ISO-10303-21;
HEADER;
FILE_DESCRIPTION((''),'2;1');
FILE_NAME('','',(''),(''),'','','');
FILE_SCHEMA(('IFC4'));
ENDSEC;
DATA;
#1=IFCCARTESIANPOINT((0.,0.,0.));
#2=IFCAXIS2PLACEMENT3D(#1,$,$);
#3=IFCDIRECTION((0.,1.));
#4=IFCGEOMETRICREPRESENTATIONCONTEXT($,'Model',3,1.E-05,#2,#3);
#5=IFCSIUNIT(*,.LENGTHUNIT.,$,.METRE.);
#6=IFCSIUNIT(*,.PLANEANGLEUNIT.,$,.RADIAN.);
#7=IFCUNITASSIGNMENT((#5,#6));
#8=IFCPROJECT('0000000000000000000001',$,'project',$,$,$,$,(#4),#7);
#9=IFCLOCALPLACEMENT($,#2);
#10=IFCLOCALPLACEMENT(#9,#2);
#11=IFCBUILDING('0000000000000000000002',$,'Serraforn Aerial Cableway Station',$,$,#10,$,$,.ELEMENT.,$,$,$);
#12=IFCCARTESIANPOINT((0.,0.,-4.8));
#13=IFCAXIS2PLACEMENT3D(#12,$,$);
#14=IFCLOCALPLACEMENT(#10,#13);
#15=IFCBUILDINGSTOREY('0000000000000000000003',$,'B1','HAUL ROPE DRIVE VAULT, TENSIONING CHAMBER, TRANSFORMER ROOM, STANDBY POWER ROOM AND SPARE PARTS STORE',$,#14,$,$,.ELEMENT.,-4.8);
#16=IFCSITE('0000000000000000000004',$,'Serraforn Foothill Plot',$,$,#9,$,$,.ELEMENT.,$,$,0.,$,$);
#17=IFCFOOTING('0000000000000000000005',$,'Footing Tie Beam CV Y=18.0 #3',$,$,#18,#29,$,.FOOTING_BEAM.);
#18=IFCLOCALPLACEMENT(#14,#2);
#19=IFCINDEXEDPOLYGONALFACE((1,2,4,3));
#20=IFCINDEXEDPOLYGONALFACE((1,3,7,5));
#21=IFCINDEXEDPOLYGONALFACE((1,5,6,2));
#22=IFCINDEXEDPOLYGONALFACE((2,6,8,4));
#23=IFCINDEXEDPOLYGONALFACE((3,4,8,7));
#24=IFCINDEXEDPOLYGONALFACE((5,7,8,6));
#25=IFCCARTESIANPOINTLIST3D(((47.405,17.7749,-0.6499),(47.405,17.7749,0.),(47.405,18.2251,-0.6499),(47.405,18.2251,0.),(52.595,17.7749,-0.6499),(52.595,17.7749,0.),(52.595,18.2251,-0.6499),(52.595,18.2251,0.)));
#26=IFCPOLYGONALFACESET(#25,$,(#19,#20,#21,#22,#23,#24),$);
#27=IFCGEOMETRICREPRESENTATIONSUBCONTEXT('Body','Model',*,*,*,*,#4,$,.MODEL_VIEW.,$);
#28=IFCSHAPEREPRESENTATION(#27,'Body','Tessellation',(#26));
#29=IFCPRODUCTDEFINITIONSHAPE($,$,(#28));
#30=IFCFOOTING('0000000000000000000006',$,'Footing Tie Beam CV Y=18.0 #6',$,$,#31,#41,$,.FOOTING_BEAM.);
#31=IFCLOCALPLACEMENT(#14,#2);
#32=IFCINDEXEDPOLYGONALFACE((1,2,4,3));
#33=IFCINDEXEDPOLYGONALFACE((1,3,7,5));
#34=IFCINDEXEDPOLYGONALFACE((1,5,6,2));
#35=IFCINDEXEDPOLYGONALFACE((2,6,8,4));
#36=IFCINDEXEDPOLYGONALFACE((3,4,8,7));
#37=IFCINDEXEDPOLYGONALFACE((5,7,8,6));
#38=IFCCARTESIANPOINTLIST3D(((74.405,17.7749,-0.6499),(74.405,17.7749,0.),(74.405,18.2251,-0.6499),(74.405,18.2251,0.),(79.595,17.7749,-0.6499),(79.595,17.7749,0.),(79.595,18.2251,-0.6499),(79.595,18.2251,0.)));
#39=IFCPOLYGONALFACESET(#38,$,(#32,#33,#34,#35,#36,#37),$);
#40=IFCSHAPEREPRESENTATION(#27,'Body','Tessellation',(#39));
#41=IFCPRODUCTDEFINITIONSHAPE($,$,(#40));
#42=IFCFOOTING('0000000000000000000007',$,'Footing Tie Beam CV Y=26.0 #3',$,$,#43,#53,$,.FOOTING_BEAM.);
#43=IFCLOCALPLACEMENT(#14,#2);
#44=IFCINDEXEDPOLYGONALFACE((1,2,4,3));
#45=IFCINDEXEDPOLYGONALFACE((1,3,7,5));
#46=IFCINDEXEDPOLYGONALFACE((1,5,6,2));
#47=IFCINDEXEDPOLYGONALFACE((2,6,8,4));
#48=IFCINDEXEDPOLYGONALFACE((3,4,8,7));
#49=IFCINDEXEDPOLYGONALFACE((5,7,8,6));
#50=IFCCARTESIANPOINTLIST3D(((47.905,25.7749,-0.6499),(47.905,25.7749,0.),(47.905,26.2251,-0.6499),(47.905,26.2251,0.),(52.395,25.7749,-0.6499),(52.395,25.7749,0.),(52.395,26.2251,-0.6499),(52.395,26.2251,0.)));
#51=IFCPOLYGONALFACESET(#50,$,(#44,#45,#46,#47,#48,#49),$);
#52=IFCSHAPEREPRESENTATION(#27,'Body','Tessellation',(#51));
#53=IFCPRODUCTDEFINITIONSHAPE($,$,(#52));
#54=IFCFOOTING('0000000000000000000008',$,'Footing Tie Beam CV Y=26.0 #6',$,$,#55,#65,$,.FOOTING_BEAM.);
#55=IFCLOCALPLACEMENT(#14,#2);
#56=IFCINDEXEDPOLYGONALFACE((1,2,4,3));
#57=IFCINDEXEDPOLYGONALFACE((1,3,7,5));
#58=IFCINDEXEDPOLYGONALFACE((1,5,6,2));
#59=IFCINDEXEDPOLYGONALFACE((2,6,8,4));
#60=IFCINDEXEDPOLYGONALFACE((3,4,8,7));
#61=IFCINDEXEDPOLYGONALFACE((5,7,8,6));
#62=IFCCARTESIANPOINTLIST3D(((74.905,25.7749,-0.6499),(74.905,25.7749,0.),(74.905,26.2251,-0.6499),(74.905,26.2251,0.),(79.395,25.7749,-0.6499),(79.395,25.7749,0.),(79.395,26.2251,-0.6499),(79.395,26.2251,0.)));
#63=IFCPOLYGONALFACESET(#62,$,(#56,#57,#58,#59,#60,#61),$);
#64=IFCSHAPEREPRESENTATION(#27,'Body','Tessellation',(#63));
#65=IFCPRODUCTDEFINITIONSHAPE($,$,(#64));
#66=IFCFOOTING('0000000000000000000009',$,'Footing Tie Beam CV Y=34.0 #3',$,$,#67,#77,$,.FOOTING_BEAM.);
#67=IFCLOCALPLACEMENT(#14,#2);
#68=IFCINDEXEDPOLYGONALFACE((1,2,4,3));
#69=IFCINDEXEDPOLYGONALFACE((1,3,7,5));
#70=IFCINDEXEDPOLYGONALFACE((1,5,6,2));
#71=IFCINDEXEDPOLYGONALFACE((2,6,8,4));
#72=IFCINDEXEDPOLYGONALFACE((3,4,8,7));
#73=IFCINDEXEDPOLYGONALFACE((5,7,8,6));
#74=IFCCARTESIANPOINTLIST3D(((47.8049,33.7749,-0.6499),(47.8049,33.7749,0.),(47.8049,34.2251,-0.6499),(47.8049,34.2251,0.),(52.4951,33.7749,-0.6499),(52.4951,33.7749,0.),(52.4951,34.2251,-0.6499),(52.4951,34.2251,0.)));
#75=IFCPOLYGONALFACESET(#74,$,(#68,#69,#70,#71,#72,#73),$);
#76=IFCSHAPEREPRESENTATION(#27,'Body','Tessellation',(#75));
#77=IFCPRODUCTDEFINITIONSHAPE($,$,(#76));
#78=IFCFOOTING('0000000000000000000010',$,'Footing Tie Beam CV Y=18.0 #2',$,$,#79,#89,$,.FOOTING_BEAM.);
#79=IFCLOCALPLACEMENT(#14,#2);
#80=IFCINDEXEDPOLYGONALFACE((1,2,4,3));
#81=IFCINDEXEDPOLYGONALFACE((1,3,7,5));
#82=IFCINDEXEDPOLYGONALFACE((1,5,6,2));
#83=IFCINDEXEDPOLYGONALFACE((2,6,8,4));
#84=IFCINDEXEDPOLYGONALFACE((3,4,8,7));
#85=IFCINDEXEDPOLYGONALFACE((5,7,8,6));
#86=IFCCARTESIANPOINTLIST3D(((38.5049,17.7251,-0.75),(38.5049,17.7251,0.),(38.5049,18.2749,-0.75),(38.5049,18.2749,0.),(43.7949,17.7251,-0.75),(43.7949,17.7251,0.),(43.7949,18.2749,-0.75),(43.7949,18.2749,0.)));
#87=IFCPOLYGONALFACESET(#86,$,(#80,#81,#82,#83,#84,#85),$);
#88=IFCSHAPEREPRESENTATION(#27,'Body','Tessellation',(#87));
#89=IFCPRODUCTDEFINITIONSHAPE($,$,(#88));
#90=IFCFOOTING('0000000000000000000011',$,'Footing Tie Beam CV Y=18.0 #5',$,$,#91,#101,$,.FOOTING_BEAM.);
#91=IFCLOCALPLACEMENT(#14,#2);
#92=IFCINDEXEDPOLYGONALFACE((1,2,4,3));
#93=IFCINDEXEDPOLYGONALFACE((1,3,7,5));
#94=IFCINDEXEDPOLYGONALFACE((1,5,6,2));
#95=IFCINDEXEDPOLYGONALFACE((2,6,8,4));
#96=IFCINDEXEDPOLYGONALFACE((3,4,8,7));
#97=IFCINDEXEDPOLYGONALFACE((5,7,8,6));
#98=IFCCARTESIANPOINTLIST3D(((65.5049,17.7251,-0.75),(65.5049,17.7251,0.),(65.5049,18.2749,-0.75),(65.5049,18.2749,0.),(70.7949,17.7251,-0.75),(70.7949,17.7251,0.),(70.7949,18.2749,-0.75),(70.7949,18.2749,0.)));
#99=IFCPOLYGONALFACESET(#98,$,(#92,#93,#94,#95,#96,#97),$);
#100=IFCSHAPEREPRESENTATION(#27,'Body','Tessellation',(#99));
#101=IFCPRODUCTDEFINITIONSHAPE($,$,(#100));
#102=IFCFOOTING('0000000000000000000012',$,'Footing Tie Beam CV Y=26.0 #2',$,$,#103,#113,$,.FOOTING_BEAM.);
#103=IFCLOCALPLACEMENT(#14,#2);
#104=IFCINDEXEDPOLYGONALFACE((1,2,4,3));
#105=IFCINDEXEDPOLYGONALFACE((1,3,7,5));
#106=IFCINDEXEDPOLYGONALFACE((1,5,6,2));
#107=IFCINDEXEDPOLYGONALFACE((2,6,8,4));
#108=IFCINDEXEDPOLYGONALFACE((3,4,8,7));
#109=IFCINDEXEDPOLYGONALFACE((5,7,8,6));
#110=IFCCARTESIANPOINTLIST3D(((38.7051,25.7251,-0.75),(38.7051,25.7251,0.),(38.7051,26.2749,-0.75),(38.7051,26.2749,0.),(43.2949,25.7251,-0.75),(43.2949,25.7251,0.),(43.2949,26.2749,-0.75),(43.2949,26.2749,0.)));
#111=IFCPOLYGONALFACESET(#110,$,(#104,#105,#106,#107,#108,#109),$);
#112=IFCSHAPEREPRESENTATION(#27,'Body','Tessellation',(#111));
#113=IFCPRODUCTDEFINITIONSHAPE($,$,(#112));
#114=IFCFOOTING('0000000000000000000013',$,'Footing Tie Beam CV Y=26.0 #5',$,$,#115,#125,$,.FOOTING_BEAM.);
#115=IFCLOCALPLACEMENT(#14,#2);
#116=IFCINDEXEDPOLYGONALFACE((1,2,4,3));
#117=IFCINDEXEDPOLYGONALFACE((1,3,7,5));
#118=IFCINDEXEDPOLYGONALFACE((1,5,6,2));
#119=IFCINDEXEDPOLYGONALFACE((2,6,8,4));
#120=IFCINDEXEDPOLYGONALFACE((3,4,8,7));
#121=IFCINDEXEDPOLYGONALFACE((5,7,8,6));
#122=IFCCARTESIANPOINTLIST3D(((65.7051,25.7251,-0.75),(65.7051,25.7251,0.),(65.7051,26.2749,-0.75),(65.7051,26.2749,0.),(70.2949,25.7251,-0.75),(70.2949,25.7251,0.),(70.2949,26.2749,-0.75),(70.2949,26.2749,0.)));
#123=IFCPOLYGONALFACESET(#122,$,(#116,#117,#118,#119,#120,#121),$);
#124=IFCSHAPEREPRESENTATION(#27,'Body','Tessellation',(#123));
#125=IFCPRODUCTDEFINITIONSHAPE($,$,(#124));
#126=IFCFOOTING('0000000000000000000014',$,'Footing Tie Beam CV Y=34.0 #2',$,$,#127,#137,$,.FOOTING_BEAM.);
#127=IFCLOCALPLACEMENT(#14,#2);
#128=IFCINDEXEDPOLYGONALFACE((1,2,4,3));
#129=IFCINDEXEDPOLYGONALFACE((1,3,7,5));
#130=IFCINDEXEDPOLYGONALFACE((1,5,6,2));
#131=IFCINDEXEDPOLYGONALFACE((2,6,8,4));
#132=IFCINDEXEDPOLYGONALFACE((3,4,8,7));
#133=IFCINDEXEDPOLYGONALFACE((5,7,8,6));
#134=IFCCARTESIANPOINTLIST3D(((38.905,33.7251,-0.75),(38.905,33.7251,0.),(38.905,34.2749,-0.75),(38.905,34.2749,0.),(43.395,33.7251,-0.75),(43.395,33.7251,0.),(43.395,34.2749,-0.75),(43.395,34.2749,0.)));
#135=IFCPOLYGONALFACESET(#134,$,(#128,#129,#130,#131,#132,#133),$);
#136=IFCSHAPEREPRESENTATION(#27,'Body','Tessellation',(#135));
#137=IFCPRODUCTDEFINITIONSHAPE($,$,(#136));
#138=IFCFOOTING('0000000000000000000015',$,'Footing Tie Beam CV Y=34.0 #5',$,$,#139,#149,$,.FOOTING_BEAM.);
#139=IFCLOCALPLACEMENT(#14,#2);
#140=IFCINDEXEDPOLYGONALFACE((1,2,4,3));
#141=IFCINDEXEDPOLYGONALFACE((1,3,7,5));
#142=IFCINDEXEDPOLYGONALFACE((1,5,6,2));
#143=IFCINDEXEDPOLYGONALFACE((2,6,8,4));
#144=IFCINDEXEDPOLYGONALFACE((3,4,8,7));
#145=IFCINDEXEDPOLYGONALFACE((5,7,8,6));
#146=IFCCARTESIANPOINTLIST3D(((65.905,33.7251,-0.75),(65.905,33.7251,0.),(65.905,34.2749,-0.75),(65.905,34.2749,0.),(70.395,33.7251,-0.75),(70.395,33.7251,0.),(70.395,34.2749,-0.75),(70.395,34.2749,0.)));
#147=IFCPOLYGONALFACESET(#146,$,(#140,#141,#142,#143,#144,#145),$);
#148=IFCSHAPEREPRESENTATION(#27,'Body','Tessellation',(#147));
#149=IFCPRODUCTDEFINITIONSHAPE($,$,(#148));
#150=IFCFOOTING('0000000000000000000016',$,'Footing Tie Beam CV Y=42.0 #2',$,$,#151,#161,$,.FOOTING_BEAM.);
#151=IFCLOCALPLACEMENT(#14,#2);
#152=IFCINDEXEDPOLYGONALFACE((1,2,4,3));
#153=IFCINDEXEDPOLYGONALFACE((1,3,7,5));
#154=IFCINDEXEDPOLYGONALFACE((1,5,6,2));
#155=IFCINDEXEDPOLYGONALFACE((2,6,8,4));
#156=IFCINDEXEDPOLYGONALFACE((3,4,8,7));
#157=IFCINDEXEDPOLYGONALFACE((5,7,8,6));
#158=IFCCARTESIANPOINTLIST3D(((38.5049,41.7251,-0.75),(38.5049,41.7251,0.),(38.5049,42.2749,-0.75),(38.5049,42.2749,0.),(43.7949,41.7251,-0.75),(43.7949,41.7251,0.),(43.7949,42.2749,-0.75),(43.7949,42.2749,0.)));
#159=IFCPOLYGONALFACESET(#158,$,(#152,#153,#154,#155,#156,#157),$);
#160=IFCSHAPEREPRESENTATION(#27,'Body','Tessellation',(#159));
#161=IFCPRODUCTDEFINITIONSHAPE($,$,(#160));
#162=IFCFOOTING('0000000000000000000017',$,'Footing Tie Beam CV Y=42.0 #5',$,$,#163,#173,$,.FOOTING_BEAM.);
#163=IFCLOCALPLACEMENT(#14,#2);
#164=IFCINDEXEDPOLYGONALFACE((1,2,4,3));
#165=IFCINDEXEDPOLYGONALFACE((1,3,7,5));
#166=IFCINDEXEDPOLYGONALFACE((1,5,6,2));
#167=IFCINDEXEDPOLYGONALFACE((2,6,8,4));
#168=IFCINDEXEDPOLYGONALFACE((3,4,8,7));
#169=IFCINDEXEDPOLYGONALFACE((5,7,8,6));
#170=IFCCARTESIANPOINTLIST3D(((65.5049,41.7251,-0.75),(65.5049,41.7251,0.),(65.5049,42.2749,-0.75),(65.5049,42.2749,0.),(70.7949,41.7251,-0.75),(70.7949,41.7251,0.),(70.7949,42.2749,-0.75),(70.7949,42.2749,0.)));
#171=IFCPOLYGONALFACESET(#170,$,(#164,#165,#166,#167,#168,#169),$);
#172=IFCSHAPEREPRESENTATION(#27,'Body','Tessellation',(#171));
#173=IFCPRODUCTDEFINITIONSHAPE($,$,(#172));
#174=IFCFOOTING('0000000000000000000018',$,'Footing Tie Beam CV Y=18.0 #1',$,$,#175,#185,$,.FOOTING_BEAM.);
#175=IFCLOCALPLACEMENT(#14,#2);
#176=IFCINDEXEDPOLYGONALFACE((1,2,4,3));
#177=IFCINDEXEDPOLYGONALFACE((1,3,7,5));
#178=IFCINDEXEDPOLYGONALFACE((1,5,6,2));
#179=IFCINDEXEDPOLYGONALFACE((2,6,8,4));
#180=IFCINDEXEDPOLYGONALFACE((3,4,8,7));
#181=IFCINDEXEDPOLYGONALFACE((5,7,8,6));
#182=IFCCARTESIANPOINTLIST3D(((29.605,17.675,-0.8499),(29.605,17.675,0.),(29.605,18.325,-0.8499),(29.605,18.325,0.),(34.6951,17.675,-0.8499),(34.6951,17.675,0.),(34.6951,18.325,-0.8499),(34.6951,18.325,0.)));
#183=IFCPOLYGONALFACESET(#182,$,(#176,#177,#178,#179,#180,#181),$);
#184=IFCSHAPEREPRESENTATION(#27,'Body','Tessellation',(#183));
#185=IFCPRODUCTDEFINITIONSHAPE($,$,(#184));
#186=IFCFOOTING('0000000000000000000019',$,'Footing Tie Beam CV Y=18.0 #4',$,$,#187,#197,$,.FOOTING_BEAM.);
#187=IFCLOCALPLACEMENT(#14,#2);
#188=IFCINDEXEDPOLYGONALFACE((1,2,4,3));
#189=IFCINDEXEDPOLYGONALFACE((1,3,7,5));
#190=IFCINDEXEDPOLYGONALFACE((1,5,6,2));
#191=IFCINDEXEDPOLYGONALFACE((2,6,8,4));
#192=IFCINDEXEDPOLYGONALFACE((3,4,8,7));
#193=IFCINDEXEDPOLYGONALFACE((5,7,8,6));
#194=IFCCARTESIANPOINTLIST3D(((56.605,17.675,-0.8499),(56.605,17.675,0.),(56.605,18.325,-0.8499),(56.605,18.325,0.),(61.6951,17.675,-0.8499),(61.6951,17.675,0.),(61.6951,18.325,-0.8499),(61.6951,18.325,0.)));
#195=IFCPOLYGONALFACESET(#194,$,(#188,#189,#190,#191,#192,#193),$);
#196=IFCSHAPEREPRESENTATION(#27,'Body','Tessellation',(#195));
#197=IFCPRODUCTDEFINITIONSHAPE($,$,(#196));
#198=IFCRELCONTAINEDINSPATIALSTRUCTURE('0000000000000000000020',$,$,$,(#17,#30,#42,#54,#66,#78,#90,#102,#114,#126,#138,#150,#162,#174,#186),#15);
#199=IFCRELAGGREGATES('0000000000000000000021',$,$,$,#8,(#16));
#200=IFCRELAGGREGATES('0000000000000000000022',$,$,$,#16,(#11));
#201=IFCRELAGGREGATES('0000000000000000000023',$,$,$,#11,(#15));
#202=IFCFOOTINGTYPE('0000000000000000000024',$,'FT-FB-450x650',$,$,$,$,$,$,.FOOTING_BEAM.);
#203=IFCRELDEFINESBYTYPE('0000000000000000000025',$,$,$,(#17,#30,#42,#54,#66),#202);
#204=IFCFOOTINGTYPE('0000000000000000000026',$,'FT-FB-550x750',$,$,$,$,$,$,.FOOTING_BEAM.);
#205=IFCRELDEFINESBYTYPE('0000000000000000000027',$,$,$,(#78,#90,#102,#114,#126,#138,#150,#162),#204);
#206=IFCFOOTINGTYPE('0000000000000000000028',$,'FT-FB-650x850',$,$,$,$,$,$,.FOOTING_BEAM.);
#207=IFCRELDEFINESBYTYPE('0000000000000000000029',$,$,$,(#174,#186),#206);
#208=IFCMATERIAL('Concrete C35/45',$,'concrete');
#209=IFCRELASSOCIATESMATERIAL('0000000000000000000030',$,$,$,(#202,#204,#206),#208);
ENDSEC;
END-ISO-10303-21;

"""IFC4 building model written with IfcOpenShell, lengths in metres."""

from ifc_helpers import new_model, si_unit, direction, frame, origin, place, context, subcontext, project, spatial, polyline, outline, extrude, material, type_object, element, save


model = new_model("IFC4")

# Units and contexts
model_context = context("Model", 3, precision=1e-05, world=origin(), true_north=direction((0.0, 1.0)))
body_context = subcontext(model_context, "Body", "Model", "MODEL_VIEW")
ifc_project = project(units=[si_unit("LENGTHUNIT", "METRE"), si_unit("PLANEANGLEUNIT", "RADIAN")], contexts=[model_context])

# Site, building, storey
site_placement = place(None, origin())
site = spatial("IfcSite", under=ifc_project, at=site_placement, Name="Serraforn Foothill Plot", CompositionType="ELEMENT", RefElevation=0.0)
building_placement = place(site_placement, origin())
building = spatial("IfcBuilding", under=site, at=building_placement, Name="Serraforn Aerial Cableway Station", CompositionType="ELEMENT")
storey_placement = place(building_placement, frame((0.0, 0.0, -4.8)))
storey = spatial("IfcBuildingStorey", under=building, at=storey_placement, Name="B1", Description="HAUL ROPE DRIVE VAULT, TENSIONING CHAMBER, TRANSFORMER ROOM, STANDBY POWER ROOM AND SPARE PARTS STORE", CompositionType="ELEMENT", Elevation=-4.8)

# Footings
ifc_material = material(Name="Concrete C35/45", Category="concrete")
footing_type_1 = type_object("IfcFootingType", Name="FT-FB-450x650", PredefinedType="FOOTING_BEAM", material=ifc_material)
footing_1_placement = place(storey_placement, frame((0.0, 0.0, -0.6499)))
element("IfcFooting", 1, at=footing_1_placement, inside=storey, type_object=footing_type_1, Name="Footing Tie Beam CV Y=18.0 #3", PredefinedType="FOOTING_BEAM", context=body_context, shape_type="SweptSolid", body=[
    extrude(outline(polyline([(52.595, 18.2251), (52.595, 17.7749), (47.405, 17.7749), (47.405, 18.2251), (52.595, 18.2251)])), origin(), (0.0, 0.0, 1.0), 0.6499),
])
footing_2_placement = place(storey_placement, frame((0.0, 0.0, -0.6499)))
element("IfcFooting", 2, at=footing_2_placement, inside=storey, type_object=footing_type_1, Name="Footing Tie Beam CV Y=18.0 #6", PredefinedType="FOOTING_BEAM", context=body_context, shape_type="SweptSolid", body=[
    extrude(outline(polyline([(79.595, 18.2251), (79.595, 17.7749), (74.405, 17.7749), (74.405, 18.2251), (79.595, 18.2251)])), origin(), (0.0, 0.0, 1.0), 0.6499),
])
footing_3_placement = place(storey_placement, frame((0.0, 0.0, -0.6499)))
element("IfcFooting", 3, at=footing_3_placement, inside=storey, type_object=footing_type_1, Name="Footing Tie Beam CV Y=26.0 #3", PredefinedType="FOOTING_BEAM", context=body_context, shape_type="SweptSolid", body=[
    extrude(outline(polyline([(52.395, 26.2251), (52.395, 25.7749), (47.905, 25.7749), (47.905, 26.2251), (52.395, 26.2251)])), origin(), (0.0, 0.0, 1.0), 0.6499),
])
footing_4_placement = place(storey_placement, frame((0.0, 0.0, -0.6499)))
element("IfcFooting", 4, at=footing_4_placement, inside=storey, type_object=footing_type_1, Name="Footing Tie Beam CV Y=26.0 #6", PredefinedType="FOOTING_BEAM", context=body_context, shape_type="SweptSolid", body=[
    extrude(outline(polyline([(79.395, 26.2251), (79.395, 25.7749), (74.905, 25.7749), (74.905, 26.2251), (79.395, 26.2251)])), origin(), (0.0, 0.0, 1.0), 0.6499),
])
footing_5_placement = place(storey_placement, frame((0.0, 0.0, -0.6499)))
element("IfcFooting", 5, at=footing_5_placement, inside=storey, type_object=footing_type_1, Name="Footing Tie Beam CV Y=34.0 #3", PredefinedType="FOOTING_BEAM", context=body_context, shape_type="SweptSolid", body=[
    extrude(outline(polyline([(52.4951, 34.2251), (52.4951, 33.7749), (47.8049, 33.7749), (47.8049, 34.2251), (52.4951, 34.2251)])), origin(), (0.0, 0.0, 1.0), 0.6499),
])
footing_type_2 = type_object("IfcFootingType", Name="FT-FB-550x750", PredefinedType="FOOTING_BEAM", material=ifc_material)
footing_6_placement = place(storey_placement, frame((0.0, 0.0, -0.75)))
element("IfcFooting", 6, at=footing_6_placement, inside=storey, type_object=footing_type_2, Name="Footing Tie Beam CV Y=18.0 #2", PredefinedType="FOOTING_BEAM", context=body_context, shape_type="SweptSolid", body=[
    extrude(outline(polyline([(43.7949, 18.2749), (43.7949, 17.7251), (38.5049, 17.7251), (38.5049, 18.2749), (43.7949, 18.2749)])), origin(), (0.0, 0.0, 1.0), 0.75),
])
footing_7_placement = place(storey_placement, frame((0.0, 0.0, -0.75)))
element("IfcFooting", 7, at=footing_7_placement, inside=storey, type_object=footing_type_2, Name="Footing Tie Beam CV Y=18.0 #5", PredefinedType="FOOTING_BEAM", context=body_context, shape_type="SweptSolid", body=[
    extrude(outline(polyline([(70.7949, 18.2749), (70.7949, 17.7251), (65.5049, 17.7251), (65.5049, 18.2749), (70.7949, 18.2749)])), origin(), (0.0, 0.0, 1.0), 0.75),
])
footing_8_placement = place(storey_placement, frame((0.0, 0.0, -0.75)))
element("IfcFooting", 8, at=footing_8_placement, inside=storey, type_object=footing_type_2, Name="Footing Tie Beam CV Y=26.0 #2", PredefinedType="FOOTING_BEAM", context=body_context, shape_type="SweptSolid", body=[
    extrude(outline(polyline([(43.2949, 26.2749), (43.2949, 25.7251), (38.7051, 25.7251), (38.7051, 26.2749), (43.2949, 26.2749)])), origin(), (0.0, 0.0, 1.0), 0.75),
])
footing_9_placement = place(storey_placement, frame((0.0, 0.0, -0.75)))
element("IfcFooting", 9, at=footing_9_placement, inside=storey, type_object=footing_type_2, Name="Footing Tie Beam CV Y=26.0 #5", PredefinedType="FOOTING_BEAM", context=body_context, shape_type="SweptSolid", body=[
    extrude(outline(polyline([(70.2949, 26.2749), (70.2949, 25.7251), (65.7051, 25.7251), (65.7051, 26.2749), (70.2949, 26.2749)])), origin(), (0.0, 0.0, 1.0), 0.75),
])
footing_10_placement = place(storey_placement, frame((0.0, 0.0, -0.75)))
element("IfcFooting", 10, at=footing_10_placement, inside=storey, type_object=footing_type_2, Name="Footing Tie Beam CV Y=34.0 #2", PredefinedType="FOOTING_BEAM", context=body_context, shape_type="SweptSolid", body=[
    extrude(outline(polyline([(43.395, 34.2749), (43.395, 33.7251), (38.905, 33.7251), (38.905, 34.2749), (43.395, 34.2749)])), origin(), (0.0, 0.0, 1.0), 0.75),
])
footing_11_placement = place(storey_placement, frame((0.0, 0.0, -0.75)))
element("IfcFooting", 11, at=footing_11_placement, inside=storey, type_object=footing_type_2, Name="Footing Tie Beam CV Y=34.0 #5", PredefinedType="FOOTING_BEAM", context=body_context, shape_type="SweptSolid", body=[
    extrude(outline(polyline([(70.395, 34.2749), (70.395, 33.7251), (65.905, 33.7251), (65.905, 34.2749), (70.395, 34.2749)])), origin(), (0.0, 0.0, 1.0), 0.75),
])
footing_12_placement = place(storey_placement, frame((0.0, 0.0, -0.75)))
element("IfcFooting", 12, at=footing_12_placement, inside=storey, type_object=footing_type_2, Name="Footing Tie Beam CV Y=42.0 #2", PredefinedType="FOOTING_BEAM", context=body_context, shape_type="SweptSolid", body=[
    extrude(outline(polyline([(43.7949, 42.2749), (43.7949, 41.7251), (38.5049, 41.7251), (38.5049, 42.2749), (43.7949, 42.2749)])), origin(), (0.0, 0.0, 1.0), 0.75),
])
footing_13_placement = place(storey_placement, frame((0.0, 0.0, -0.75)))
element("IfcFooting", 13, at=footing_13_placement, inside=storey, type_object=footing_type_2, Name="Footing Tie Beam CV Y=42.0 #5", PredefinedType="FOOTING_BEAM", context=body_context, shape_type="SweptSolid", body=[
    extrude(outline(polyline([(70.7949, 42.2749), (70.7949, 41.7251), (65.5049, 41.7251), (65.5049, 42.2749), (70.7949, 42.2749)])), origin(), (0.0, 0.0, 1.0), 0.75),
])
footing_type_3 = type_object("IfcFootingType", Name="FT-FB-650x850", PredefinedType="FOOTING_BEAM", material=ifc_material)
footing_14_placement = place(storey_placement, frame((0.0, 0.0, -0.8499)))
element("IfcFooting", 14, at=footing_14_placement, inside=storey, type_object=footing_type_3, Name="Footing Tie Beam CV Y=18.0 #1", PredefinedType="FOOTING_BEAM", context=body_context, shape_type="SweptSolid", body=[
    extrude(outline(polyline([(34.6951, 18.325), (34.6951, 17.675), (29.605, 17.675), (29.605, 18.325), (34.6951, 18.325)])), origin(), (0.0, 0.0, 1.0), 0.8499),
])
footing_15_placement = place(storey_placement, frame((0.0, 0.0, -0.8499)))
element("IfcFooting", 15, at=footing_15_placement, inside=storey, type_object=footing_type_3, Name="Footing Tie Beam CV Y=18.0 #4", PredefinedType="FOOTING_BEAM", context=body_context, shape_type="SweptSolid", body=[
    extrude(outline(polyline([(61.6951, 18.325), (61.6951, 17.675), (56.605, 17.675), (56.605, 18.325), (61.6951, 18.325)])), origin(), (0.0, 0.0, 1.0), 0.8499),
])

save(model, "model.ifc")
